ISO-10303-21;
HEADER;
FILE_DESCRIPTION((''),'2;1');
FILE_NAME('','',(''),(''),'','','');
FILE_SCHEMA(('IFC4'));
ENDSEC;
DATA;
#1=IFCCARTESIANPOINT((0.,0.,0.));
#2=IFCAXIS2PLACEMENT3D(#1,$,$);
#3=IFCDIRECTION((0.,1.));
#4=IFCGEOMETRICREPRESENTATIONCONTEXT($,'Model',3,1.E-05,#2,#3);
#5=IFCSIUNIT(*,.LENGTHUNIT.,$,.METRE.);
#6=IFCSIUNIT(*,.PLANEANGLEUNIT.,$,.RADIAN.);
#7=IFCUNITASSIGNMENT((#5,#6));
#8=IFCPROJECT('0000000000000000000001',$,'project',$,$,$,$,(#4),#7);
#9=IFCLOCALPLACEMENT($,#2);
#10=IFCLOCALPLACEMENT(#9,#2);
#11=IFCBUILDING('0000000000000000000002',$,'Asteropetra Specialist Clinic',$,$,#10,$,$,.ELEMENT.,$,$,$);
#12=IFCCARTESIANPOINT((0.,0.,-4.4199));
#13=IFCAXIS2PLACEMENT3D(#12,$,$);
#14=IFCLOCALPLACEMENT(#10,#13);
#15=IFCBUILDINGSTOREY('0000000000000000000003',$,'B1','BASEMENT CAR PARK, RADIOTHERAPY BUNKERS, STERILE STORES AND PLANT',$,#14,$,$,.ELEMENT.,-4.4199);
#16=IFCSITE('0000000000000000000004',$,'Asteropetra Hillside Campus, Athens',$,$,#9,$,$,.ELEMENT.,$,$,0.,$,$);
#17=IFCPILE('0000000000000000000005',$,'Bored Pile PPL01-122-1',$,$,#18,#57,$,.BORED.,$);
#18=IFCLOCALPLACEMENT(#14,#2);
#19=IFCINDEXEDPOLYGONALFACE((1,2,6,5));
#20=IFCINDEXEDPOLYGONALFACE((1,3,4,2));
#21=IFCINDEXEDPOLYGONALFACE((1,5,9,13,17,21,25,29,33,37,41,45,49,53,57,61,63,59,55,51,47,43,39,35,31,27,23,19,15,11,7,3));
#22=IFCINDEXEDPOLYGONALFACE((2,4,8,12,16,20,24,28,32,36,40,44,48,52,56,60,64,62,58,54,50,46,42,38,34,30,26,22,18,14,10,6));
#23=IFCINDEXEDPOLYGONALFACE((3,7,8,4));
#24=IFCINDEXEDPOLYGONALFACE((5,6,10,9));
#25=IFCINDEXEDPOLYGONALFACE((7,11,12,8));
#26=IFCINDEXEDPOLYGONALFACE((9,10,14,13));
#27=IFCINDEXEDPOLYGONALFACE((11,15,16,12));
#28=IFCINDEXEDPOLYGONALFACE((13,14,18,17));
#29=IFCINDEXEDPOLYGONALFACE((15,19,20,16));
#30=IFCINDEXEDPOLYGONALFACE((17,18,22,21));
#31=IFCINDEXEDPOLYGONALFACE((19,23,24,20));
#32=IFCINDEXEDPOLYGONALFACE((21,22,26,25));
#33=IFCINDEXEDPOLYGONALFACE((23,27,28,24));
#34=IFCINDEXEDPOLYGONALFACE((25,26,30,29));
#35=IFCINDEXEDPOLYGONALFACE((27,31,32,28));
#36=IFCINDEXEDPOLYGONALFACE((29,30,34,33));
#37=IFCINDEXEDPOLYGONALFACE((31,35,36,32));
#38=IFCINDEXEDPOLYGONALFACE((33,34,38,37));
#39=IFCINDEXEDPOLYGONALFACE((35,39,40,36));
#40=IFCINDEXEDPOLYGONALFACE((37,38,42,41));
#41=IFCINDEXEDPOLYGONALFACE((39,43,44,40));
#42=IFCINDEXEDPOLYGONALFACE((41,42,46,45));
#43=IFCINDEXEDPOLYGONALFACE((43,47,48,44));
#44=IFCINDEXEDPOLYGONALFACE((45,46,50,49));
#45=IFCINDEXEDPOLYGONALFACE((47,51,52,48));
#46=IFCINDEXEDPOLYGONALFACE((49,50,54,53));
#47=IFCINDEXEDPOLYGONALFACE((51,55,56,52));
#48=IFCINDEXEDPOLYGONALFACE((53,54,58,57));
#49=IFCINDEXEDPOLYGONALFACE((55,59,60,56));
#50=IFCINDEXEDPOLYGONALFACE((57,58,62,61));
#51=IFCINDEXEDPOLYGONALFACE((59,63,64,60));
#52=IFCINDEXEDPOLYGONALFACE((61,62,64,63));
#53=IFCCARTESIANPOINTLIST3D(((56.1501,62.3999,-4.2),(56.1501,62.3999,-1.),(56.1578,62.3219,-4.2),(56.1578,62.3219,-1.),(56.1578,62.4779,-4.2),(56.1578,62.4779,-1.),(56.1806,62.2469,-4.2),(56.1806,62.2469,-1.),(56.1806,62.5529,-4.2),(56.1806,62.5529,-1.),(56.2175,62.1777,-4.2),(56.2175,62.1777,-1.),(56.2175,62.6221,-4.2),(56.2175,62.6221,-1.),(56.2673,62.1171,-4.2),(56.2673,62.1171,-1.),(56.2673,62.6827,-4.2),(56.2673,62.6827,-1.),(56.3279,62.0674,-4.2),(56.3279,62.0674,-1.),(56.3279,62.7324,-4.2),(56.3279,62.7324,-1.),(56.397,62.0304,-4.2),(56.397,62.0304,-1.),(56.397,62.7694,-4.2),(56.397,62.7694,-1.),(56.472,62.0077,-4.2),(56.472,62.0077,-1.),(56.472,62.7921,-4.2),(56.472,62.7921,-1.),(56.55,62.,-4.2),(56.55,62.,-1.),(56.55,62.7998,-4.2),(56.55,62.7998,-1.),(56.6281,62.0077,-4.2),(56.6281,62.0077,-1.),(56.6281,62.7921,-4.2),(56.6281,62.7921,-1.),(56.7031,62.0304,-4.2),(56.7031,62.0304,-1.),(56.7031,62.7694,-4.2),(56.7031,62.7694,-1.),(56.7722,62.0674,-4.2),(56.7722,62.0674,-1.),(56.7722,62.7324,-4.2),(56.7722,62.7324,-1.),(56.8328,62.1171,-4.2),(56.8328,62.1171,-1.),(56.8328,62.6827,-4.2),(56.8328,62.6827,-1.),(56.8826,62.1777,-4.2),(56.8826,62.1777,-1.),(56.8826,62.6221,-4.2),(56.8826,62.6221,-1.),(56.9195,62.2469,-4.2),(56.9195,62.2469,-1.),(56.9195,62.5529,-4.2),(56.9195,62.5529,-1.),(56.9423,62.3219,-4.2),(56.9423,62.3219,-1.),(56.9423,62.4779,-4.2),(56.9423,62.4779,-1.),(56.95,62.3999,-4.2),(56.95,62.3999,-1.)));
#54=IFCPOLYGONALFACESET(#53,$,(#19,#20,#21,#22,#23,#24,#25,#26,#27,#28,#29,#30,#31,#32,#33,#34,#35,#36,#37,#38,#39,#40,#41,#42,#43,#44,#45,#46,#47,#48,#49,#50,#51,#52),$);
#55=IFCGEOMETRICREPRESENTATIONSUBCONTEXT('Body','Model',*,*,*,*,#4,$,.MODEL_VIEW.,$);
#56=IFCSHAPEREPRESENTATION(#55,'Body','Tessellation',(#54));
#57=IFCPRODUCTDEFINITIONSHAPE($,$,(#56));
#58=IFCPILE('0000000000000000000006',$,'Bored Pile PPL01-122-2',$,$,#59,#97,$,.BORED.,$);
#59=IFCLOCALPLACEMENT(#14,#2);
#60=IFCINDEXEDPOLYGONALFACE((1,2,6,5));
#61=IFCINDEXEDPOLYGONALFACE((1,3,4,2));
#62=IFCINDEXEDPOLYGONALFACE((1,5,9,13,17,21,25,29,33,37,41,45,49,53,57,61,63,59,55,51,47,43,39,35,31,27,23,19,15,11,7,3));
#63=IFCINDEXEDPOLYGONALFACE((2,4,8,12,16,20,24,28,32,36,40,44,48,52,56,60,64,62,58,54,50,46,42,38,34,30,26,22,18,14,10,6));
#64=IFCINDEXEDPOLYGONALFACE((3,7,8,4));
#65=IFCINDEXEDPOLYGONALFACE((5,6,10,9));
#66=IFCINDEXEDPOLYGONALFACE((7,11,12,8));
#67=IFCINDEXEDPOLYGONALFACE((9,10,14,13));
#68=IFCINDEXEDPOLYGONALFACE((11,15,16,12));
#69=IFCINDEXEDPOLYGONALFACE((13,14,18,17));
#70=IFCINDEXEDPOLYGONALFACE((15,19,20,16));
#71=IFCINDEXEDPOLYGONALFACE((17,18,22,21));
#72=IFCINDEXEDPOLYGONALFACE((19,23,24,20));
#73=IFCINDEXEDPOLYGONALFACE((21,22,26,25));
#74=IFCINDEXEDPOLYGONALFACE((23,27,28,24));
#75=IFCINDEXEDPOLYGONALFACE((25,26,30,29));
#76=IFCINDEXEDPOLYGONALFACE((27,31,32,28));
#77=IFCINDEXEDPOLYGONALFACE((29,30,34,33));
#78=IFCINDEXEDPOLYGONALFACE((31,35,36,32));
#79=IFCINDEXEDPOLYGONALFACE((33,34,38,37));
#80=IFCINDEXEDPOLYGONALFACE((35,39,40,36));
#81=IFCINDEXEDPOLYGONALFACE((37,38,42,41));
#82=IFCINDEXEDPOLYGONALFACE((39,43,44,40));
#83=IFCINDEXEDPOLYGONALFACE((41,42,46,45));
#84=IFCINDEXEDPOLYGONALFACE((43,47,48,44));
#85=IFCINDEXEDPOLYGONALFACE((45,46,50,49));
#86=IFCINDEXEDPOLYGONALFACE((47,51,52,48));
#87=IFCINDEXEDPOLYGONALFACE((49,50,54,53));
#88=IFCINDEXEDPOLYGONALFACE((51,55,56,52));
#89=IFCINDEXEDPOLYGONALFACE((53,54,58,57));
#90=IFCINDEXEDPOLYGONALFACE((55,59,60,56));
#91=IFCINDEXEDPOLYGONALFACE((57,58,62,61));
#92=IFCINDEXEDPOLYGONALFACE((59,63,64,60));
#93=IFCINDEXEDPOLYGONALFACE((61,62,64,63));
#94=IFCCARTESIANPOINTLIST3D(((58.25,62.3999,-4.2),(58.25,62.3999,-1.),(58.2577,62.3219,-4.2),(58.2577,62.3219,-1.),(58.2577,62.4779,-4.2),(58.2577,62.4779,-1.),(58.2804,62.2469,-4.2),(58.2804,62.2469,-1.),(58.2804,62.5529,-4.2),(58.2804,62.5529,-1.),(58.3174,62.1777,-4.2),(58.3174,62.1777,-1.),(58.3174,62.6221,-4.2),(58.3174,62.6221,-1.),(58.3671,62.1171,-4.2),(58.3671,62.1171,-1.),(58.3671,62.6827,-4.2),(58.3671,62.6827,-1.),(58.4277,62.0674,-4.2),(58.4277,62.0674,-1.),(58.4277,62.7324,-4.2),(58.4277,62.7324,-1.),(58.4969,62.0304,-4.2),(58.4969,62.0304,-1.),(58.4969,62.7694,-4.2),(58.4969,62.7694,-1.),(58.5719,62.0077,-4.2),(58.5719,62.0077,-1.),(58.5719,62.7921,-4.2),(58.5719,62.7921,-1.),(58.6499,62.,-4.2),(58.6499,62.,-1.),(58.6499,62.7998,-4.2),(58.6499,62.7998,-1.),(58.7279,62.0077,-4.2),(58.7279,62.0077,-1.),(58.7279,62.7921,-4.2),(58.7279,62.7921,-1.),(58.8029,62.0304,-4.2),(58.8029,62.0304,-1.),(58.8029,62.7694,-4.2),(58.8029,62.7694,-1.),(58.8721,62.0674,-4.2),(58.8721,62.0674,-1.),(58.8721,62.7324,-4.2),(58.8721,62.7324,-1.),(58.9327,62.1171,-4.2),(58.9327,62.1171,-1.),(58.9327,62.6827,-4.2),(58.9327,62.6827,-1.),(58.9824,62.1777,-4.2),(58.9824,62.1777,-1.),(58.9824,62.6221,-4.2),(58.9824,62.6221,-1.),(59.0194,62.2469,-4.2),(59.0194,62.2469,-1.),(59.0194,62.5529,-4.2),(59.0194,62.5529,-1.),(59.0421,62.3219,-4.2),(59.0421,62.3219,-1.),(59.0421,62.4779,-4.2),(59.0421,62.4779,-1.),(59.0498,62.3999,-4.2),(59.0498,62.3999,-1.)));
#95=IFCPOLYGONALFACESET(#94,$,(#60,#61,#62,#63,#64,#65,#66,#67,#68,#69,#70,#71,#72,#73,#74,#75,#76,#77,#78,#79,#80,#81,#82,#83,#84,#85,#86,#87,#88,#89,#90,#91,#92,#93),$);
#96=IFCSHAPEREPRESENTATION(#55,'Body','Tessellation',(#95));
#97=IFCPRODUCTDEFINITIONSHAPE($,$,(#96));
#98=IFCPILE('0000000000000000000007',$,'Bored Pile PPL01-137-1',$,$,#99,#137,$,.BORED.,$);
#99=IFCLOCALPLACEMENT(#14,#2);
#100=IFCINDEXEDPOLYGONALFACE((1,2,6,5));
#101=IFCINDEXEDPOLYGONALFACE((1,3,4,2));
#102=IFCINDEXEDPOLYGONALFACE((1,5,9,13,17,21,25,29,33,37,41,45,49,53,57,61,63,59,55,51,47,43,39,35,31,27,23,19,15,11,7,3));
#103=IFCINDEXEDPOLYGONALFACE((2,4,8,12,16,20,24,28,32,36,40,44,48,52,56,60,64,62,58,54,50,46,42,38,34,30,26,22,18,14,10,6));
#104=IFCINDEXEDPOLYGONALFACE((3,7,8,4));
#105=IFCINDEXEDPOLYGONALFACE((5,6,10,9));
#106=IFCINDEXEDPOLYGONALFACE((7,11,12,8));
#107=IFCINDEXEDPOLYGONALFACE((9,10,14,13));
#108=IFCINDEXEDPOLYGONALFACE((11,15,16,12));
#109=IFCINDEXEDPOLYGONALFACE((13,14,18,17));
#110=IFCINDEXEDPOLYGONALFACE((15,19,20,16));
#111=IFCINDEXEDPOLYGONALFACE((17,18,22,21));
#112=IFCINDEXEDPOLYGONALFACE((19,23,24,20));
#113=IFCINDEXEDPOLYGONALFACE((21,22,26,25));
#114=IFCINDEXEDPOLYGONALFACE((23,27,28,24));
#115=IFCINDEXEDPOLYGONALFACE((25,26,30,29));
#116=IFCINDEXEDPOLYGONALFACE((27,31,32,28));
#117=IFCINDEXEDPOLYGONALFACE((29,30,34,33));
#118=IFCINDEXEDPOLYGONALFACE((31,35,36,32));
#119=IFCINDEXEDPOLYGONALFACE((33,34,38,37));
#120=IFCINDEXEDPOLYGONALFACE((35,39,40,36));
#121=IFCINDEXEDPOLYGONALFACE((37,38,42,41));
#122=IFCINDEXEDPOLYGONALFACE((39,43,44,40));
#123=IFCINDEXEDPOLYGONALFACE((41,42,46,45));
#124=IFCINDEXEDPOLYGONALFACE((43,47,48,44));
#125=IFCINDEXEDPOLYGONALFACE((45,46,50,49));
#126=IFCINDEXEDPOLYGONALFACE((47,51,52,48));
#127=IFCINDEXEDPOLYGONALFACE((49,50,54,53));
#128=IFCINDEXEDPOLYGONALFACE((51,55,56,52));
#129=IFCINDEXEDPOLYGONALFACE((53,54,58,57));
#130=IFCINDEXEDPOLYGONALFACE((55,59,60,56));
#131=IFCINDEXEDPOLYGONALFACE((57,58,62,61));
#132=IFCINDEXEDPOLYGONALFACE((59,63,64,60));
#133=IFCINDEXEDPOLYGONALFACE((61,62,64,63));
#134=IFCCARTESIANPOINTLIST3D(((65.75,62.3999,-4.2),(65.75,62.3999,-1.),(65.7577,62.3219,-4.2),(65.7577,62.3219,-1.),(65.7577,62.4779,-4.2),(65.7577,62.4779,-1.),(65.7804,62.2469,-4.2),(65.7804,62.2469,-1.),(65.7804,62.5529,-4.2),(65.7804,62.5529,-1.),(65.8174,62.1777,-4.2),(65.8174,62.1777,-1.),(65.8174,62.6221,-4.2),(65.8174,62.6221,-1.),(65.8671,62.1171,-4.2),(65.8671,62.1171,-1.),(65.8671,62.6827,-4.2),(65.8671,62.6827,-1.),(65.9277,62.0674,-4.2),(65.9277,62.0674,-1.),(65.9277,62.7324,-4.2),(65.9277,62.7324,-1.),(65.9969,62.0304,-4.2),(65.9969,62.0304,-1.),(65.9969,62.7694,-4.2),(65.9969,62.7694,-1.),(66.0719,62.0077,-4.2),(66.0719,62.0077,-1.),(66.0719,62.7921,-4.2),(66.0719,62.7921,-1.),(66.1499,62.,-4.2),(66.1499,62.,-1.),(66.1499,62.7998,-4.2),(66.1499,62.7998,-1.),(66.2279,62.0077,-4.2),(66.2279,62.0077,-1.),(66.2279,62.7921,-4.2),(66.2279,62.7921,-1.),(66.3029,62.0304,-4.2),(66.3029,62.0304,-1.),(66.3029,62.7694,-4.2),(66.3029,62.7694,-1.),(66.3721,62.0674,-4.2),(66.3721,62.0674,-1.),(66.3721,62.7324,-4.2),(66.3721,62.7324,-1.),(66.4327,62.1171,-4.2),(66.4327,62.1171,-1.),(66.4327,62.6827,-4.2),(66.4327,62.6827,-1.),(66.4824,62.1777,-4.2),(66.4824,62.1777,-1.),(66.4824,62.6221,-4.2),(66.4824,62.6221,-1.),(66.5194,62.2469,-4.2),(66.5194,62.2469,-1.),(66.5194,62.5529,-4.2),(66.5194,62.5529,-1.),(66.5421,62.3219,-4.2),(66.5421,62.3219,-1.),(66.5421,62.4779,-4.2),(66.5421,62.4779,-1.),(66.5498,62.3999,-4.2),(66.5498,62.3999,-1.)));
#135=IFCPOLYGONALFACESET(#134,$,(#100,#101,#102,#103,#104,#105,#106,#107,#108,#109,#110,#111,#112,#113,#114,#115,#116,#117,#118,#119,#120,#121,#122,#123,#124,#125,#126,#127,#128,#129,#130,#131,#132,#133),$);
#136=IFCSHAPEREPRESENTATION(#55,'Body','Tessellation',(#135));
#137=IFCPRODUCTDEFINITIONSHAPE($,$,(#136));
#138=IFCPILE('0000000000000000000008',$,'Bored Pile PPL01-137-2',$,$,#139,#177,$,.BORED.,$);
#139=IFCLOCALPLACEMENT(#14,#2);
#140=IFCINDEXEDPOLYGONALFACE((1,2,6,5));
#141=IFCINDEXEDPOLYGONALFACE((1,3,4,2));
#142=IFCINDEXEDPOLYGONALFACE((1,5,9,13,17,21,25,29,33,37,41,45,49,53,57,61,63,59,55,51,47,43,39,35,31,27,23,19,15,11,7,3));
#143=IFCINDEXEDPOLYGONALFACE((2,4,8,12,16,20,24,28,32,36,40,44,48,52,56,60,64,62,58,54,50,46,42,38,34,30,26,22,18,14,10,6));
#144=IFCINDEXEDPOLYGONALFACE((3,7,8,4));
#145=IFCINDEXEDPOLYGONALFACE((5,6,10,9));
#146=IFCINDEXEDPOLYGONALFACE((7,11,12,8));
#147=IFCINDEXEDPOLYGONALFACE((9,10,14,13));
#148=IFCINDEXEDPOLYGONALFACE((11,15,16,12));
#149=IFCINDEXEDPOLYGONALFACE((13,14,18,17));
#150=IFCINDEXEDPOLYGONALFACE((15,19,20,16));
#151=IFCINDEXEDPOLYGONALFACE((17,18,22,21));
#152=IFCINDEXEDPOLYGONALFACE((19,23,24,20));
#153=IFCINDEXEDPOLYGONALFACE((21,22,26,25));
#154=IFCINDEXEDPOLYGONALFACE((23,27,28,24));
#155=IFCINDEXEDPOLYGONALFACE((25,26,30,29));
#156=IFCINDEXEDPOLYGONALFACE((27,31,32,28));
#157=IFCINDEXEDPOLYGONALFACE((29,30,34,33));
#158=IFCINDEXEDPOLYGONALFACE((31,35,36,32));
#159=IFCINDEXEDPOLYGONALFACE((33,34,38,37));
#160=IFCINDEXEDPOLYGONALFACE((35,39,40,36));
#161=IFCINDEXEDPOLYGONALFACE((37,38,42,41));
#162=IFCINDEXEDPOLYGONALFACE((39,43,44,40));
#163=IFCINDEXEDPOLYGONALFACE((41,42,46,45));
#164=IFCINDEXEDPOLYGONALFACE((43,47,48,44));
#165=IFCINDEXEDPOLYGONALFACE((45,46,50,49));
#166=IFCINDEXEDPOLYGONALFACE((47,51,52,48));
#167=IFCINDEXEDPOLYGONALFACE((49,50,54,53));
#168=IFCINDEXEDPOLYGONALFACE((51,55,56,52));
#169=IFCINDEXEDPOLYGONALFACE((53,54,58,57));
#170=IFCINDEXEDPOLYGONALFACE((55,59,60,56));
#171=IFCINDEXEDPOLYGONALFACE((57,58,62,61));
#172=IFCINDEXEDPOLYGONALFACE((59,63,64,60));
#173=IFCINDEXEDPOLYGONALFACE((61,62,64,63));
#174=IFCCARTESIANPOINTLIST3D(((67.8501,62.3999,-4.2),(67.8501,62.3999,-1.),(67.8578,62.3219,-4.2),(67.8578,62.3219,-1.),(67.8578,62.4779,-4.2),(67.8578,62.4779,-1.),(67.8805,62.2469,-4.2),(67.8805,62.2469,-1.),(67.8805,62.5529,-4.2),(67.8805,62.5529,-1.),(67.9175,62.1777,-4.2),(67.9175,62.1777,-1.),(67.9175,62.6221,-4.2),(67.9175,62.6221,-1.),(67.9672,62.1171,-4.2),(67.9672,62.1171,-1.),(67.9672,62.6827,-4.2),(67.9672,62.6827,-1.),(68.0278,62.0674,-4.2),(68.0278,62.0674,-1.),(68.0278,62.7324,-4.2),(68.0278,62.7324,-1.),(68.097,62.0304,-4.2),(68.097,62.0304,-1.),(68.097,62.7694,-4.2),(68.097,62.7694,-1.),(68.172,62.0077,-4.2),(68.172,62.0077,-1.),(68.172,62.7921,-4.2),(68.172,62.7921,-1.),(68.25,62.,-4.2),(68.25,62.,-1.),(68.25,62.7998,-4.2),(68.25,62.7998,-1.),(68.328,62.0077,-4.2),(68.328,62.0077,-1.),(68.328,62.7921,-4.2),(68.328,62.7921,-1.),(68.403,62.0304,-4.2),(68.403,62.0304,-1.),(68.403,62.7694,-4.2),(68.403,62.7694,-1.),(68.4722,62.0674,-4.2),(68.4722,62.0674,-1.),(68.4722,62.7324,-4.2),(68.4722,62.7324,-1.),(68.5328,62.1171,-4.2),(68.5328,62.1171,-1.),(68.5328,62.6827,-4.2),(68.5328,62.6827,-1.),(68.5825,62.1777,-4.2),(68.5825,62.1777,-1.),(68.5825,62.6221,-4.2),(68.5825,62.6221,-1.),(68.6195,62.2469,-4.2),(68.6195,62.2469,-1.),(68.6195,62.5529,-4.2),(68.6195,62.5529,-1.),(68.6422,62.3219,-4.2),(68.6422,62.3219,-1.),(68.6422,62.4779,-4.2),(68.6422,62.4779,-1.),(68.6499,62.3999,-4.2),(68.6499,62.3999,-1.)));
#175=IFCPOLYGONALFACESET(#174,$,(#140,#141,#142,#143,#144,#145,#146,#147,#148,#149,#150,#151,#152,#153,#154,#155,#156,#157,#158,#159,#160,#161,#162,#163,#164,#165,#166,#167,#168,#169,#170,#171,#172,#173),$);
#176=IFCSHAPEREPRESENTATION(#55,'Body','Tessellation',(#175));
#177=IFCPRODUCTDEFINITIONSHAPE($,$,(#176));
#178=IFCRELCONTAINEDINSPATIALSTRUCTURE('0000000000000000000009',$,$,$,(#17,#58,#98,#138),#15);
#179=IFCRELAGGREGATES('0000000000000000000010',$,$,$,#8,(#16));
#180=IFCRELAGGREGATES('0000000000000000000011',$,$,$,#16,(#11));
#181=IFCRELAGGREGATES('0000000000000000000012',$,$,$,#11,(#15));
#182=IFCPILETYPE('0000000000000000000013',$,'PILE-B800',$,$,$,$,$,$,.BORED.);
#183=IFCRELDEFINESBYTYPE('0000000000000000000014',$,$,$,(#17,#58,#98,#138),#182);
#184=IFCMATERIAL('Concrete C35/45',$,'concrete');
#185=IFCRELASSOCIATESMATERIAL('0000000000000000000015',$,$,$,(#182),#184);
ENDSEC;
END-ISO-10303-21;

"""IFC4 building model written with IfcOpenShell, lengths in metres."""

from ifc_helpers import new_model, si_unit, direction, frame, origin, origin_2d, place, context, subcontext, project, spatial, circle, extrude, material, material_profile, profile_set, type_object, element, save


model = new_model("IFC4")

# Units and contexts
model_context = context("Model", 3, precision=1e-05, world=origin(), true_north=direction((0.0, 1.0)))
body_context = subcontext(model_context, "Body", "Model", "MODEL_VIEW")
ifc_project = project(units=[si_unit("LENGTHUNIT", "METRE"), si_unit("PLANEANGLEUNIT", "RADIAN")], contexts=[model_context])

# Site, building, storey
site_placement = place(None, origin())
site = spatial("IfcSite", under=ifc_project, at=site_placement, Name="Asteropetra Hillside Campus, Athens", CompositionType="ELEMENT", RefElevation=0.0)
building_placement = place(site_placement, origin())
building = spatial("IfcBuilding", under=site, at=building_placement, Name="Asteropetra Specialist Clinic", CompositionType="ELEMENT")
storey_placement = place(building_placement, frame((0.0, 0.0, -4.4199)))
storey = spatial("IfcBuildingStorey", under=building, at=storey_placement, Name="B1", Description="BASEMENT CAR PARK, RADIOTHERAPY BUNKERS, STERILE STORES AND PLANT", CompositionType="ELEMENT", Elevation=-4.4199)

# Piles
ifc_material_1 = material(Name="Concrete C35/45", Category="concrete")
ifc_material_profile_1 = material_profile(ifc_material_1, circle(Radius=0.3999, at=origin_2d()), Name="PILE D800")
ifc_profile_set_1 = profile_set([ifc_material_profile_1], Name="Concrete C35/45")
pile_type_1 = type_object("IfcPileType", Name="PILE-B800", PredefinedType="BORED", material=ifc_profile_set_1)
for number, where, z_axis, x_axis, name in (
    (1, (56.55, 62.3999, -1.0), (0.0, 0.0, -1.0), (1.0, 0.0, 0.0), "Bored Pile PPL01-122-1"),
    (2, (58.6499, 62.3999, -1.0), (0.0, 0.0, -1.0), (1.0, 0.0, 0.0), "Bored Pile PPL01-122-2"),
    (3, (66.1499, 62.3999, -1.0), (0.0, 0.0, -1.0), (1.0, 0.0, 0.0), "Bored Pile PPL01-137-1"),
    (4, (68.25, 62.3999, -1.0), (0.0, 0.0, -1.0), (1.0, 0.0, 0.0), "Bored Pile PPL01-137-2"),
):
    element("IfcPile", number, at=place(storey_placement, frame(where, z_axis=z_axis, x_axis=x_axis)), inside=storey, type_object=pile_type_1, Name=name, PredefinedType="BORED", context=body_context, shape_type="SweptSolid", body=[
        extrude(circle(Radius=0.3999, at=origin_2d()), origin(), (0.0, 0.0, 1.0), 3.2),
    ])

save(model, "model.ifc")
